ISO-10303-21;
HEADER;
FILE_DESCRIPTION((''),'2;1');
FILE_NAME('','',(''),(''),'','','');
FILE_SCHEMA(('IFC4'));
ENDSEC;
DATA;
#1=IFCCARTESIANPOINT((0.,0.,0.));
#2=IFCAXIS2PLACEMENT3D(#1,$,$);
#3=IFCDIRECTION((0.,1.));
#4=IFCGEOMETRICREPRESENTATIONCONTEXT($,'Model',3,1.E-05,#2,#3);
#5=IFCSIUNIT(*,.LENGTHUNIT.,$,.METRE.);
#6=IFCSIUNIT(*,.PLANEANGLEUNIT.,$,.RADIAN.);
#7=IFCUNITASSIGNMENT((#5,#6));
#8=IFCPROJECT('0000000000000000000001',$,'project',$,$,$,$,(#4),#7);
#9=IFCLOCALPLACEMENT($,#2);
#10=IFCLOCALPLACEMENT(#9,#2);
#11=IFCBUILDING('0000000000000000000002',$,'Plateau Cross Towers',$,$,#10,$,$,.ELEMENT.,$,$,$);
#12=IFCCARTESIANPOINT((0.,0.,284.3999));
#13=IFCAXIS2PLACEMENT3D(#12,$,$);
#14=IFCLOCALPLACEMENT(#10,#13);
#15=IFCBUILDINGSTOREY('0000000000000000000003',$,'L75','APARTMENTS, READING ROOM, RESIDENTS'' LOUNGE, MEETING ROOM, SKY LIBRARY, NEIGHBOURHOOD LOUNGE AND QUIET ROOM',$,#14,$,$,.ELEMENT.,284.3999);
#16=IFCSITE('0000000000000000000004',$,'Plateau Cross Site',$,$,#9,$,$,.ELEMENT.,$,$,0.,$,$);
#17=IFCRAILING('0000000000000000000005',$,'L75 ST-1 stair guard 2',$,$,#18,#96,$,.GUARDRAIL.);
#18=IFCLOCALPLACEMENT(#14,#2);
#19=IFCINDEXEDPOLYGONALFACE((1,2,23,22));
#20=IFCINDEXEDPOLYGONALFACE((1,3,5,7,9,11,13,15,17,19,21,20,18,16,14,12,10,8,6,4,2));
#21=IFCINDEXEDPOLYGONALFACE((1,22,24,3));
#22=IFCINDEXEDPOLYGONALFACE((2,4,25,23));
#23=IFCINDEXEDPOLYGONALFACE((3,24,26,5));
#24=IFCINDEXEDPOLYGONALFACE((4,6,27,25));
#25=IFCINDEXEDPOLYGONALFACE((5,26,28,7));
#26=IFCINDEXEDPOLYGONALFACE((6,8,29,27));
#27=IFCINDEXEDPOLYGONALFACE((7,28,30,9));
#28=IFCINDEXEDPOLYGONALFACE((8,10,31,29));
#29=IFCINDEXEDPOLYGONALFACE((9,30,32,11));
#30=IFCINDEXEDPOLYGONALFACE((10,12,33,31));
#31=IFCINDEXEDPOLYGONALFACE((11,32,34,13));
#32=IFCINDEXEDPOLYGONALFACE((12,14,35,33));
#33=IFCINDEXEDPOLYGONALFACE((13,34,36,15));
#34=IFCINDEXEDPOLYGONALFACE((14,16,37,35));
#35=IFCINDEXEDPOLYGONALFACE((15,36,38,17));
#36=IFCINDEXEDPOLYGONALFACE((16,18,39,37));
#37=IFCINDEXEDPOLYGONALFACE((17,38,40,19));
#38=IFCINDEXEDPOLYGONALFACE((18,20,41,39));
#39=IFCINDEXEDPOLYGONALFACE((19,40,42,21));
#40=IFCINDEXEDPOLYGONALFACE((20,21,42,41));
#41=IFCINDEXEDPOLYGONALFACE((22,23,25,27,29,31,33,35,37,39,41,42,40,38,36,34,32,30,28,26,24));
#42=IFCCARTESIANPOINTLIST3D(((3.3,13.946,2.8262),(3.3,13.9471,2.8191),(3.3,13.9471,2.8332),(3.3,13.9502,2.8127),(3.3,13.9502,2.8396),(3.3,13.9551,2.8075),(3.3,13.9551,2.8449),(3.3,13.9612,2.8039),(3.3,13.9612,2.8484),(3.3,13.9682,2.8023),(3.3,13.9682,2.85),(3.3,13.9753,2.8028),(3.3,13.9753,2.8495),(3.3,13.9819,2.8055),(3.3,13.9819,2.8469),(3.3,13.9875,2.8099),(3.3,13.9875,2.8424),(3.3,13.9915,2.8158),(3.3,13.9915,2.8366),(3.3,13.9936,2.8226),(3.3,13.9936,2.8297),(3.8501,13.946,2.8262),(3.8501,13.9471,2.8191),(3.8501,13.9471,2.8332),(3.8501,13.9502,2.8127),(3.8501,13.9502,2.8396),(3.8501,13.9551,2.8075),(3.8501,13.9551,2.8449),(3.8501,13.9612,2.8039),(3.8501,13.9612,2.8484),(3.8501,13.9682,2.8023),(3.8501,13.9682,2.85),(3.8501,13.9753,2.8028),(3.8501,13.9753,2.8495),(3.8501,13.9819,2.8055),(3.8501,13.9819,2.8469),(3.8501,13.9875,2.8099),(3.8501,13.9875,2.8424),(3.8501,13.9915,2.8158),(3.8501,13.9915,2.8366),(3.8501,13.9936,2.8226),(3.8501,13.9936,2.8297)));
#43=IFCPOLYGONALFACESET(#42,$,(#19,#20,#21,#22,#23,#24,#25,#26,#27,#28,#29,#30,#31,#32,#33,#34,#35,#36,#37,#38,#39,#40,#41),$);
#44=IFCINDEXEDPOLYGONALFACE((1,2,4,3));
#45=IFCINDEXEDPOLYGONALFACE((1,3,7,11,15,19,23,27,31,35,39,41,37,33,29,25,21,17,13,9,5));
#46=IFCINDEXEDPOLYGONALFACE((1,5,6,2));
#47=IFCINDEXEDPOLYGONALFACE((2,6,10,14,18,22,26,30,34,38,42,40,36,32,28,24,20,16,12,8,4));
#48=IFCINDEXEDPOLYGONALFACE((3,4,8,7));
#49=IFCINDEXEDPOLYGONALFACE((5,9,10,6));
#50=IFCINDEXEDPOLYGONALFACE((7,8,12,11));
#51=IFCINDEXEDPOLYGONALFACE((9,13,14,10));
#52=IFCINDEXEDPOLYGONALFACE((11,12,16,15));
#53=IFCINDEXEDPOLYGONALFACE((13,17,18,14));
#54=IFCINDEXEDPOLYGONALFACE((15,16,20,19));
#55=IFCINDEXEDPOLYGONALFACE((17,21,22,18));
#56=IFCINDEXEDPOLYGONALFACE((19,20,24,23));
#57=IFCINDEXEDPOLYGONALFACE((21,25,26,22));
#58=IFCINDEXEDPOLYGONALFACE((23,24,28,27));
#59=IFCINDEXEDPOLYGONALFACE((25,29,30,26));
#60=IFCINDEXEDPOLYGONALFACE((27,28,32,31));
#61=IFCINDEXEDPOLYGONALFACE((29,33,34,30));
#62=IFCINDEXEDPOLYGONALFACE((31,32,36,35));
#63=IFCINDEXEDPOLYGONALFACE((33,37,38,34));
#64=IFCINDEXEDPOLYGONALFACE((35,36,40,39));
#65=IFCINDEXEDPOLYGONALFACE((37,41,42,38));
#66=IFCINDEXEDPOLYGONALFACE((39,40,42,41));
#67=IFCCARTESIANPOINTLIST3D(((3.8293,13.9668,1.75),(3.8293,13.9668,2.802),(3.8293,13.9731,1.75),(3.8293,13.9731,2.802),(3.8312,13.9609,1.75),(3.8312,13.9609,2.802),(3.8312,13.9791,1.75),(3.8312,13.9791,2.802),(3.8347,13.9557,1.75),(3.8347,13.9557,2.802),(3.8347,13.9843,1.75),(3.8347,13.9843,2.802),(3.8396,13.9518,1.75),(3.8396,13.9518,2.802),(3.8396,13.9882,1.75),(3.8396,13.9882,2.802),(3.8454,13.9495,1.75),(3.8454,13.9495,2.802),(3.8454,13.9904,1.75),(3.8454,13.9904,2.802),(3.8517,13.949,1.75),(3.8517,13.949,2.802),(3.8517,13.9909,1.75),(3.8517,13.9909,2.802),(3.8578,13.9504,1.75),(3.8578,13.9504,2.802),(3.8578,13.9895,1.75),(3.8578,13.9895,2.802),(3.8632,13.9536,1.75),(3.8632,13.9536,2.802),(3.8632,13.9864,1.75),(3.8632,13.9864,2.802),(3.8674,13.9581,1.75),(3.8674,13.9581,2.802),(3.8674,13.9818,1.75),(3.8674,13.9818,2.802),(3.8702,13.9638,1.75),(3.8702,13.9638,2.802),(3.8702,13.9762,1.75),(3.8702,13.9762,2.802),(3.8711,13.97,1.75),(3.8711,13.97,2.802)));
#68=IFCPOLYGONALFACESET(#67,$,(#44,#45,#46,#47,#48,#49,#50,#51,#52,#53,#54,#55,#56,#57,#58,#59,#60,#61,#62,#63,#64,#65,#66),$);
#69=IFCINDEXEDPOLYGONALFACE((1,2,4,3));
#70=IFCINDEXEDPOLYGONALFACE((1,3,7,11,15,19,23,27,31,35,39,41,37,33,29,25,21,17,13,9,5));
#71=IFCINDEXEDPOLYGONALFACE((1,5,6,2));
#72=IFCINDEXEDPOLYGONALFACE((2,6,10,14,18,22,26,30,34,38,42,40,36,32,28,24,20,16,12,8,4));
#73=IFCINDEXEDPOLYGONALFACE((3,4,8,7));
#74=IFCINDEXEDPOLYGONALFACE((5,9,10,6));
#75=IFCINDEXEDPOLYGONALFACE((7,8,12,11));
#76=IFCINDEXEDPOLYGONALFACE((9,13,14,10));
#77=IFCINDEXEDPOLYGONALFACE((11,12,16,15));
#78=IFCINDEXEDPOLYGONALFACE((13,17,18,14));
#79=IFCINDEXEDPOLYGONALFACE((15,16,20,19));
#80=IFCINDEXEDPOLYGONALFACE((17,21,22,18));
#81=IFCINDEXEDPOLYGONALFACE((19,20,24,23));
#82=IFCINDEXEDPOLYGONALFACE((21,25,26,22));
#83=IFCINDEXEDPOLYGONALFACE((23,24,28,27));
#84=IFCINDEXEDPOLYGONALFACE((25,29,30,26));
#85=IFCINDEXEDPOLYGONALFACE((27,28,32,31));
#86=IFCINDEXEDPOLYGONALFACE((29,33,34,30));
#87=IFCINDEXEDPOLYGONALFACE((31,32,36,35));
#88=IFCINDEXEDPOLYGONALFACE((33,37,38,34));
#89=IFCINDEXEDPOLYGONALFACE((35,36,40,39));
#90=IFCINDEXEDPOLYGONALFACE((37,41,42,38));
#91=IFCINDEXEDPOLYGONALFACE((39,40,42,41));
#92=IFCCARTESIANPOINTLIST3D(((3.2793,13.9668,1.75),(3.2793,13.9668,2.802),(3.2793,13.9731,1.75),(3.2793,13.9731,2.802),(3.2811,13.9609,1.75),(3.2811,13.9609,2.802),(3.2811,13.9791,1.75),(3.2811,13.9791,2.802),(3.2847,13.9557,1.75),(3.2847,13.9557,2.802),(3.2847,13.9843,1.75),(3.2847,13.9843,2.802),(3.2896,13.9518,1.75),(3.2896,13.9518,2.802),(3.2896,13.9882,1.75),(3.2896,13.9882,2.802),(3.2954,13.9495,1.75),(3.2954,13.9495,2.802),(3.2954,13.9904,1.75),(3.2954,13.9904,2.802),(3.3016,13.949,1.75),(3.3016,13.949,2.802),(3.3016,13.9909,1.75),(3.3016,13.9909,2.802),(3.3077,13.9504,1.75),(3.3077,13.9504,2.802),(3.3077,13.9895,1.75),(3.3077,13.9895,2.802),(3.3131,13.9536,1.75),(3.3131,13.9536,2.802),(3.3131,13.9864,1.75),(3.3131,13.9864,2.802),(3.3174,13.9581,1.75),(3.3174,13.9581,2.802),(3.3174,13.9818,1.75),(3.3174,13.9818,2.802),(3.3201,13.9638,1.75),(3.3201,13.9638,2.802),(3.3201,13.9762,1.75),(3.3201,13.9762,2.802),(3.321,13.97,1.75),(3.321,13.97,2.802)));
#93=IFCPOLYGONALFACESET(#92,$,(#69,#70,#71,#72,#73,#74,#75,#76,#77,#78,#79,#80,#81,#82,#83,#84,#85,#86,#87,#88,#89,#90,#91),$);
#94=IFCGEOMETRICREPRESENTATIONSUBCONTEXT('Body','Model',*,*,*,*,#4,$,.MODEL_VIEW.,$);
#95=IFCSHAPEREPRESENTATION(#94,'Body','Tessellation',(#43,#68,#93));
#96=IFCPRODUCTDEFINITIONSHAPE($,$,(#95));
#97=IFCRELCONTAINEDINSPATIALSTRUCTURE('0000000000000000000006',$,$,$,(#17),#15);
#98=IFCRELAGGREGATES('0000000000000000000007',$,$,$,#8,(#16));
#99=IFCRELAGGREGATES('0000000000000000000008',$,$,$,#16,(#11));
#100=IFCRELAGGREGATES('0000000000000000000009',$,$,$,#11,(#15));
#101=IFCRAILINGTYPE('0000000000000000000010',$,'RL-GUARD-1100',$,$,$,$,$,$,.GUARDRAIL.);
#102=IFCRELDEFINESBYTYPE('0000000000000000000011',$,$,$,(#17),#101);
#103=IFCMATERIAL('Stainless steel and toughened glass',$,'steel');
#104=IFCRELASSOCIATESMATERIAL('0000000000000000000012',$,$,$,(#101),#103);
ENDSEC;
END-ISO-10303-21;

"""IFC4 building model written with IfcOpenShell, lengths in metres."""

from ifc_helpers import new_model, si_unit, direction, frame, origin, origin_2d, place, context, subcontext, project, spatial, circle, extrude, material, type_object, element, save


model = new_model("IFC4")

# Units and contexts
model_context = context("Model", 3, precision=1e-05, world=origin(), true_north=direction((0.0, 1.0)))
body_context = subcontext(model_context, "Body", "Model", "MODEL_VIEW")
ifc_project = project(units=[si_unit("LENGTHUNIT", "METRE"), si_unit("PLANEANGLEUNIT", "RADIAN")], contexts=[model_context])

# Site, building, storey
site_placement = place(None, origin())
site = spatial("IfcSite", under=ifc_project, at=site_placement, Name="Plateau Cross Site", CompositionType="ELEMENT", RefElevation=0.0)
building_placement = place(site_placement, origin())
building = spatial("IfcBuilding", under=site, at=building_placement, Name="Plateau Cross Towers", CompositionType="ELEMENT")
storey_placement = place(building_placement, frame((0.0, 0.0, 284.3999)))
storey = spatial("IfcBuildingStorey", under=building, at=storey_placement, Name="L75", Description="APARTMENTS, READING ROOM, RESIDENTS' LOUNGE, MEETING ROOM, SKY LIBRARY, NEIGHBOURHOOD LOUNGE AND QUIET ROOM", CompositionType="ELEMENT", Elevation=284.3999)

# Railing
ifc_material_1 = material(Name="Stainless steel and toughened glass", Category="steel")
railing_type_1 = type_object("IfcRailingType", Name="RL-GUARD-1100", PredefinedType="GUARDRAIL", material=ifc_material_1)
railing_1_placement = place(storey_placement, frame((3.8501, 13.97, 1.75)))
element("IfcRailing", 1, at=railing_1_placement, inside=storey, type_object=railing_type_1, Name="L75 ST-1 stair guard 2", PredefinedType="GUARDRAIL", context=body_context, shape_type="SweptSolid", body=[
    extrude(circle(Radius=0.0239, at=origin_2d()), frame((0.0, 0.0, 1.0762), z_axis=(-1.0, 0.0, 0.0), x_axis=(0.0, -1.0, 0.0)), (0.0, 0.0, 1.0), 0.55),
    extrude(circle(Radius=0.021, at=origin_2d()), origin(), (0.0, 0.0, 1.0), 1.052),
    extrude(circle(Radius=0.021, at=origin_2d()), frame((-0.55, 0.0, 0.0)), (0.0, 0.0, 1.0), 1.052),
])

save(model, "model.ifc")
